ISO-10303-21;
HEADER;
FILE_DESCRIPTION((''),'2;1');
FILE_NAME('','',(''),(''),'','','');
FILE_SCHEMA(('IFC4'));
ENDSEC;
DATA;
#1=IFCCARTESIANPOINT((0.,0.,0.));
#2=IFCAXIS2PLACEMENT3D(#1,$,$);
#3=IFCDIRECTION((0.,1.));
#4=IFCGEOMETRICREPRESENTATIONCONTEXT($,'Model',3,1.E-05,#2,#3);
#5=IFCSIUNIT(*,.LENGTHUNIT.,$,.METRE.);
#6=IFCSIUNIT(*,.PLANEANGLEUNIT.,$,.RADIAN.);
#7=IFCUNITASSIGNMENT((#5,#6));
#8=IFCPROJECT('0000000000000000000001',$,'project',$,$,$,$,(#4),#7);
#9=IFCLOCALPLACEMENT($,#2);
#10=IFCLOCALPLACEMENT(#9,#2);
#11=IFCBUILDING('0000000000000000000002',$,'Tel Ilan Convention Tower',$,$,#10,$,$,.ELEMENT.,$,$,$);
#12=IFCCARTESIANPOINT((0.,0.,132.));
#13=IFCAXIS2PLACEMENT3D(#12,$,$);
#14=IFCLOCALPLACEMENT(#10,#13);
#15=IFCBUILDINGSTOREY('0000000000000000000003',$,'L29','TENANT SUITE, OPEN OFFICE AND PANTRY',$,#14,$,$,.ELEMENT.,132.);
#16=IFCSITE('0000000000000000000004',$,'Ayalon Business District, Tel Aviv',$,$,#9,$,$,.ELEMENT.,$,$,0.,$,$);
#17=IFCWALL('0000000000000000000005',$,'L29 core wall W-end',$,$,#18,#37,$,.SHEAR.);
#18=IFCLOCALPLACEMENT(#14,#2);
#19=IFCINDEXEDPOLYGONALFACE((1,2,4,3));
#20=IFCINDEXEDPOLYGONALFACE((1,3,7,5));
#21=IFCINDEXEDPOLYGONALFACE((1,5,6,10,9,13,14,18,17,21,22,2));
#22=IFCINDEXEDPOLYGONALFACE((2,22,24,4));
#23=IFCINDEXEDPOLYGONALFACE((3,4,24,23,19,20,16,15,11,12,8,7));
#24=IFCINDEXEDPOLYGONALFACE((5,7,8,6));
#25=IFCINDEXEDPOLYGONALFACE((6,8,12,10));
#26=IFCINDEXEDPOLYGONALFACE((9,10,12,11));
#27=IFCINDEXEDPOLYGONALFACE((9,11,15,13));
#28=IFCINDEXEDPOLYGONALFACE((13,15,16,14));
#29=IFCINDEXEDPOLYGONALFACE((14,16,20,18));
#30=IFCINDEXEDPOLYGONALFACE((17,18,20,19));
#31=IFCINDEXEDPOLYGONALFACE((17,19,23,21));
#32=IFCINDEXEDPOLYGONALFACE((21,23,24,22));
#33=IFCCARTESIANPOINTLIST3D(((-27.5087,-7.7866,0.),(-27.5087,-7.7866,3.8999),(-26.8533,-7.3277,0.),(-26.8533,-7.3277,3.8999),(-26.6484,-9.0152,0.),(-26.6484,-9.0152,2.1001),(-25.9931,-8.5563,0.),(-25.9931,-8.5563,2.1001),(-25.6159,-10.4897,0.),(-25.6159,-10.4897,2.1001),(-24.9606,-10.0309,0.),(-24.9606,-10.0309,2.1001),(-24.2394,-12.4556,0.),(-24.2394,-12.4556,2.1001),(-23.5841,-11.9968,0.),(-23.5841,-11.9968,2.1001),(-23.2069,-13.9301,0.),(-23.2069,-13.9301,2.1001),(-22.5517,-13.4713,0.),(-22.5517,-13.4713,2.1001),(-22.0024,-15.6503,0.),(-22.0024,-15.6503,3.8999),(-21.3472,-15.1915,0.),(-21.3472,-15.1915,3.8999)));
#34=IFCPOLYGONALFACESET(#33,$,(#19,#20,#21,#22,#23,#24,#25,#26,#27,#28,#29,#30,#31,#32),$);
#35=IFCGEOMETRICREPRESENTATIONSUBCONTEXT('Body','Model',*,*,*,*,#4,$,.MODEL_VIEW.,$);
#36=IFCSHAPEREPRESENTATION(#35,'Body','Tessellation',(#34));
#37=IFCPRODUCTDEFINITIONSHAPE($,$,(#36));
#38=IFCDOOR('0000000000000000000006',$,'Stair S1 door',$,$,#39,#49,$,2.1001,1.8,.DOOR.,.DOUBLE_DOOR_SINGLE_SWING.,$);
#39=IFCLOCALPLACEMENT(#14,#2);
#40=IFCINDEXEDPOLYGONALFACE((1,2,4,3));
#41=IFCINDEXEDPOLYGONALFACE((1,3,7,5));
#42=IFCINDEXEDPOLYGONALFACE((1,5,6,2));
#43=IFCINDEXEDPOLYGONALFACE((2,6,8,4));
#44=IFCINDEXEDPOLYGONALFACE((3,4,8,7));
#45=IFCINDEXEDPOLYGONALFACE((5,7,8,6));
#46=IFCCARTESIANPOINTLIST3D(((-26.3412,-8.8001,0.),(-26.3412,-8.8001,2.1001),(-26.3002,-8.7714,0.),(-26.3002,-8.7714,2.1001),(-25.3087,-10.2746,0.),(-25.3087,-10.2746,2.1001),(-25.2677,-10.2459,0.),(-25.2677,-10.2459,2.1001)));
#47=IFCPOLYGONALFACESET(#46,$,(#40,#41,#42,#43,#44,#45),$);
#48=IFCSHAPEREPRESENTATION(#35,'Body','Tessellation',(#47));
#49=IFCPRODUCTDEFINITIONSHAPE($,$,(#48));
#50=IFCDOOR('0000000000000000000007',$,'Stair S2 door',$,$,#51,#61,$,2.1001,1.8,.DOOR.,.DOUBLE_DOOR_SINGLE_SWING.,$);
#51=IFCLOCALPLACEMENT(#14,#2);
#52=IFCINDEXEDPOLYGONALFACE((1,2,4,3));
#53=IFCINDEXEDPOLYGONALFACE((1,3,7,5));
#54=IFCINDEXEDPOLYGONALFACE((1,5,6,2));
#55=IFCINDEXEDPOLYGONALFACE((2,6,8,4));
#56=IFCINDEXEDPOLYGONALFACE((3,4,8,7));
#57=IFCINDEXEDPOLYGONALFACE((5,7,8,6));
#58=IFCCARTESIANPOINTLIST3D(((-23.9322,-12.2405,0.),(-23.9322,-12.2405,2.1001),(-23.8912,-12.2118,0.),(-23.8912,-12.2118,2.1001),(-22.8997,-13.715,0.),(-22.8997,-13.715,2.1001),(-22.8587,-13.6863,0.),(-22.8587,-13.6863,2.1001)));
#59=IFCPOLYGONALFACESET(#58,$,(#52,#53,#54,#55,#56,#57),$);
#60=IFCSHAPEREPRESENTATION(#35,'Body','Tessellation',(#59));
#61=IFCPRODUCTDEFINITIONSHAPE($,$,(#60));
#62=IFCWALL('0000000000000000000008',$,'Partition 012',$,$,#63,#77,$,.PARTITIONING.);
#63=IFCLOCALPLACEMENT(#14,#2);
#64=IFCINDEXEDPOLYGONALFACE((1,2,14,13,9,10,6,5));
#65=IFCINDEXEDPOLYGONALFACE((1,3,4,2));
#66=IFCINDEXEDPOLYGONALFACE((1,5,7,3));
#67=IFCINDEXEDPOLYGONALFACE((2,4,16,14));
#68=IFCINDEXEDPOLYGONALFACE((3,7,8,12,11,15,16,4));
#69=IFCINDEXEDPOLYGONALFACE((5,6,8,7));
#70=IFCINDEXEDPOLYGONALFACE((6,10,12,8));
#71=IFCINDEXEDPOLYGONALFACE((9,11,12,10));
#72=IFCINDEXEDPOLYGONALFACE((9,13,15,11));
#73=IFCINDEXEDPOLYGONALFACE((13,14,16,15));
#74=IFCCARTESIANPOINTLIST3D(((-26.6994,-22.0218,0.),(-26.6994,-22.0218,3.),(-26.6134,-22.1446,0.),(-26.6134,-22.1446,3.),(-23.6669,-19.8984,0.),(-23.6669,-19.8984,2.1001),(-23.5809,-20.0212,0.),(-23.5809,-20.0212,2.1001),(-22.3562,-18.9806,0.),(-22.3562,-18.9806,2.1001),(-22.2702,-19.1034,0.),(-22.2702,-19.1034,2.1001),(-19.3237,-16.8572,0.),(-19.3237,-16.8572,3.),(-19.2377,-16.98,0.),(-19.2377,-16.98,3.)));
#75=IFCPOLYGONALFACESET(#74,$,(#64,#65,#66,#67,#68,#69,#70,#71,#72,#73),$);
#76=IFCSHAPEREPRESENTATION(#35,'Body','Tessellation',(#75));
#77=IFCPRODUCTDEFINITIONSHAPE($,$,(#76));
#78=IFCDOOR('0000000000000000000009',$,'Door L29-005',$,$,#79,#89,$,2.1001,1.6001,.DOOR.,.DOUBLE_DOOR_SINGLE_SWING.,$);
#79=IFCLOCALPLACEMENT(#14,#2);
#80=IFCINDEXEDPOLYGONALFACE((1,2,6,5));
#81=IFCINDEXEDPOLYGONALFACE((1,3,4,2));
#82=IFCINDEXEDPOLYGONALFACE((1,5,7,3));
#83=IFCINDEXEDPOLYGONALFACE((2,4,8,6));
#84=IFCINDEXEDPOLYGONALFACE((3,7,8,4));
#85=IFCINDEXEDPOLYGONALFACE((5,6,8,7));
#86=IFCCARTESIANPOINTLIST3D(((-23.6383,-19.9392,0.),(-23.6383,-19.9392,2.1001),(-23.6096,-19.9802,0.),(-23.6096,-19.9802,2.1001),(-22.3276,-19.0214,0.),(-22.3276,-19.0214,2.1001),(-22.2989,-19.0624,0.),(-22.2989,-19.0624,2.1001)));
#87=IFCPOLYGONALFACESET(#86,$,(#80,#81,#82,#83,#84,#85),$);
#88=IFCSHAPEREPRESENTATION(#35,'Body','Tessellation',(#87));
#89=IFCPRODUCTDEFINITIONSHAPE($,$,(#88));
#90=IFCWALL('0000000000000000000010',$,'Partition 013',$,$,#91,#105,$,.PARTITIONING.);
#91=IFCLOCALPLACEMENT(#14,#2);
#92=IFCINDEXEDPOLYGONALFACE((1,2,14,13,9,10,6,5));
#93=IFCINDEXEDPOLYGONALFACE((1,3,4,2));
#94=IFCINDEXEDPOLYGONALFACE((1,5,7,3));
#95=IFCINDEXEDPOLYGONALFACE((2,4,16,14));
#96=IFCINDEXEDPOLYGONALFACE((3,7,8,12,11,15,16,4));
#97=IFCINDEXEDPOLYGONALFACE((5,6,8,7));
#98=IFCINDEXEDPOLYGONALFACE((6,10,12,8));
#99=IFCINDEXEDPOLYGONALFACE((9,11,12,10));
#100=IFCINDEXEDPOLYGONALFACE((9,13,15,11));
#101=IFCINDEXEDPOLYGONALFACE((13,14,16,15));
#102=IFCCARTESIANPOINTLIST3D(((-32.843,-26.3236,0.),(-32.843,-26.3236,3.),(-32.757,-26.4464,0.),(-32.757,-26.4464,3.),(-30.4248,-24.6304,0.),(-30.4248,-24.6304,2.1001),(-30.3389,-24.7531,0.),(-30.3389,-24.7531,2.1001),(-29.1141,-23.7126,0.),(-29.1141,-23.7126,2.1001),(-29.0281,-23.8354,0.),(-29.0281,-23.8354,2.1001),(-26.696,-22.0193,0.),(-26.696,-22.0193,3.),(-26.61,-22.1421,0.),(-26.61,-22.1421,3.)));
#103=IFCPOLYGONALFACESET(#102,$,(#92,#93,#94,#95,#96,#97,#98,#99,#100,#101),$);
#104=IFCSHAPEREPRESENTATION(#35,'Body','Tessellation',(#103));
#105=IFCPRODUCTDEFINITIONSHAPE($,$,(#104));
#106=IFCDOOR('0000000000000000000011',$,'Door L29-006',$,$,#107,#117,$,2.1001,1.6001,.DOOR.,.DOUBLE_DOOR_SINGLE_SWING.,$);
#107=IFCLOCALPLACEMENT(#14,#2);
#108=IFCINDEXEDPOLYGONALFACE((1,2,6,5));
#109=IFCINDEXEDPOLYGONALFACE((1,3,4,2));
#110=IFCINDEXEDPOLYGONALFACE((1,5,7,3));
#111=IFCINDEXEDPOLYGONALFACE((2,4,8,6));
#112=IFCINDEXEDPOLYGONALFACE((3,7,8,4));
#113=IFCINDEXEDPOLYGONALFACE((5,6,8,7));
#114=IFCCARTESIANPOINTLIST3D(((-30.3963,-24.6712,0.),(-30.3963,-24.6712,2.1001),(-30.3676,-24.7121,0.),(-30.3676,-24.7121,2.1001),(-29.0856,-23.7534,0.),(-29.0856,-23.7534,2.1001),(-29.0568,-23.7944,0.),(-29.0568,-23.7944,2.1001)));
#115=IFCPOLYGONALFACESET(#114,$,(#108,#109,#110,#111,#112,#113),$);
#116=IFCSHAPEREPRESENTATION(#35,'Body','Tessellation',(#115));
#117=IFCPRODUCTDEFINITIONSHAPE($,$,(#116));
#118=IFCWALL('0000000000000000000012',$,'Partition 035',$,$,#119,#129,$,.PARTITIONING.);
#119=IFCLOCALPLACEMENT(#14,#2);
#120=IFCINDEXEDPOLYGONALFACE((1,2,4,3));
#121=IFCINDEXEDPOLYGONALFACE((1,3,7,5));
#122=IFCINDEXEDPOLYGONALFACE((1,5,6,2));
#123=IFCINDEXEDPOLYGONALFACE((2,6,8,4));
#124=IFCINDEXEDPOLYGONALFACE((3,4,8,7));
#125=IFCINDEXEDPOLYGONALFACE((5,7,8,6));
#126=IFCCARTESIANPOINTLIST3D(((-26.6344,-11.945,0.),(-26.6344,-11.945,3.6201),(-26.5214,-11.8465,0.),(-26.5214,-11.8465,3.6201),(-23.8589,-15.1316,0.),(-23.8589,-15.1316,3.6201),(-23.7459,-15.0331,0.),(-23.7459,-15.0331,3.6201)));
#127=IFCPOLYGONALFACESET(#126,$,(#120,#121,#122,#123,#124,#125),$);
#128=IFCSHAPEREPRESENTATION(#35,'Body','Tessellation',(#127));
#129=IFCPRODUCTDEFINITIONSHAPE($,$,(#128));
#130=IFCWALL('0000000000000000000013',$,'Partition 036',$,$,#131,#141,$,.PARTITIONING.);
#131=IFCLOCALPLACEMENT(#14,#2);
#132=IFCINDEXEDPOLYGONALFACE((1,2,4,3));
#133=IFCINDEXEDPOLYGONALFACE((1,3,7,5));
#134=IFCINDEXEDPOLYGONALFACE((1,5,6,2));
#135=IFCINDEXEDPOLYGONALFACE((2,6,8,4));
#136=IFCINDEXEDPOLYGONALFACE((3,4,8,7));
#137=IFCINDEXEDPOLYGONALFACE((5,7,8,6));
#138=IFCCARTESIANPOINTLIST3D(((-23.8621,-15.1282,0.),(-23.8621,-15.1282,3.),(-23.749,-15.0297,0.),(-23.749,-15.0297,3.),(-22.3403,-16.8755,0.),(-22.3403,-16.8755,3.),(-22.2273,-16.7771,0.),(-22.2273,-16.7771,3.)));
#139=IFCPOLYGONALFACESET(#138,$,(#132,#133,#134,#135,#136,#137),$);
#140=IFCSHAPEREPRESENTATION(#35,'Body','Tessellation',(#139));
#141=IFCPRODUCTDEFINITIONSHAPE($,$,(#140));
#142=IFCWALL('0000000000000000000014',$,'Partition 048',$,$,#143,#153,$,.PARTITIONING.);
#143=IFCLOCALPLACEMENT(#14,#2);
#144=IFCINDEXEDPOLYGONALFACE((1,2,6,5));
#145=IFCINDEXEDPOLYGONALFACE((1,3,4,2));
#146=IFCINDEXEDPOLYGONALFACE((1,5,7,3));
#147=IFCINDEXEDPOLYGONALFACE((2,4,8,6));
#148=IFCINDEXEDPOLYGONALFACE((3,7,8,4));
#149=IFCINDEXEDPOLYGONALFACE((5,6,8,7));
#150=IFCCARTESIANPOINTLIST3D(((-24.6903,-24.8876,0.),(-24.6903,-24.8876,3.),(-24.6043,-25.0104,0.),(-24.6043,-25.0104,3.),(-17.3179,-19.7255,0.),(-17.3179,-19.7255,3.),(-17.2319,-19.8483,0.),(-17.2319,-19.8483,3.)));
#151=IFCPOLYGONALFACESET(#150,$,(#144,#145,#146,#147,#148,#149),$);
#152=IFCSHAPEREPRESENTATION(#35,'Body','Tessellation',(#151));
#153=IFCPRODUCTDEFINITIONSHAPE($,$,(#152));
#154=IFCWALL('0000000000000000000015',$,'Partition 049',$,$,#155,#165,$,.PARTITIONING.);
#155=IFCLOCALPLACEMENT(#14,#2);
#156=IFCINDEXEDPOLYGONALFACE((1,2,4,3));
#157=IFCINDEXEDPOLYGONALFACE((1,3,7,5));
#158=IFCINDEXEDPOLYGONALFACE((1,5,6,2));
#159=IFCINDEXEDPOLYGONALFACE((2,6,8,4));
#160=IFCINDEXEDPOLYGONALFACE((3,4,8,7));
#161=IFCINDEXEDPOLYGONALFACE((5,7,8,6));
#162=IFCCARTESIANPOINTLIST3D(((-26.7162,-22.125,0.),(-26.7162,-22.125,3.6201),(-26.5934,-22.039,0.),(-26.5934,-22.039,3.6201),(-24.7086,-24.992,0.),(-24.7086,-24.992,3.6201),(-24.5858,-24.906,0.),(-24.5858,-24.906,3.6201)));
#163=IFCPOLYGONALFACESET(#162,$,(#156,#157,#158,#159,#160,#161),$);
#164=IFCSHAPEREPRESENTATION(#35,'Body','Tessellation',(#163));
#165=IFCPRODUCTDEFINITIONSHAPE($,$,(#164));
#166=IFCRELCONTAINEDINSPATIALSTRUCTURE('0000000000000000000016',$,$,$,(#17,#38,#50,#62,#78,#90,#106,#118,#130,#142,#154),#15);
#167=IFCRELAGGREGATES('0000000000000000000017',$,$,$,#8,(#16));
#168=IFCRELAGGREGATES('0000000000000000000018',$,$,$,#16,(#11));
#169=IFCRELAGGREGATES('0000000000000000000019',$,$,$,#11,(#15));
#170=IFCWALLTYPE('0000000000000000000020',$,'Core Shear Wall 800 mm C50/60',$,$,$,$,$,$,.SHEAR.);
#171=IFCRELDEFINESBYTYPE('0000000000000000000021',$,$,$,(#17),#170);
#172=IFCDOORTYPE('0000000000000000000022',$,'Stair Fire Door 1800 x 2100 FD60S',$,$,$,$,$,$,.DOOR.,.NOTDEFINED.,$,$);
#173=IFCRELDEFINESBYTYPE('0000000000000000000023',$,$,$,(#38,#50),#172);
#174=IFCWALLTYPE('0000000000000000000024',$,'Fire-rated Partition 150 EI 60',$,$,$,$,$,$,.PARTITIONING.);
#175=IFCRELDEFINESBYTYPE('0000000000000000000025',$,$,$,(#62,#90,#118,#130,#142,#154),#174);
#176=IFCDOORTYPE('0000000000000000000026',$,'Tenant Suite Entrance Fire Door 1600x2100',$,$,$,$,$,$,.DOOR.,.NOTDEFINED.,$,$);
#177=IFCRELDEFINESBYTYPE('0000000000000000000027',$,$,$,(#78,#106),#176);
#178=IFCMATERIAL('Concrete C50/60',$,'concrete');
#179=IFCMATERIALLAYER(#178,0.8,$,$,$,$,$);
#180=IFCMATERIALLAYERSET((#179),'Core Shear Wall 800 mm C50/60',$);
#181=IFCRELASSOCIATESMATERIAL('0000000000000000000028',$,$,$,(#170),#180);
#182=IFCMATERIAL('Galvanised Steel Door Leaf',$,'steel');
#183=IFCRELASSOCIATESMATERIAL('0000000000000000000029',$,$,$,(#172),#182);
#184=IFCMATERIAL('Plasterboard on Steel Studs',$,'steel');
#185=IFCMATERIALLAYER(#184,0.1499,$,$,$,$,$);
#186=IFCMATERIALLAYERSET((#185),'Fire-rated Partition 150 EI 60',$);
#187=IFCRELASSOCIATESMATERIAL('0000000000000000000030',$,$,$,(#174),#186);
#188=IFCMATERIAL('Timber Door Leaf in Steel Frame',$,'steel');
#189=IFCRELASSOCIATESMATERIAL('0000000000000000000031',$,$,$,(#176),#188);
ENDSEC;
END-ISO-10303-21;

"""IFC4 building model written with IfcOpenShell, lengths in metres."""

from ifc_helpers import new_model, si_unit, direction, frame, frame_2d, origin, place, context, subcontext, project, spatial, polyline, rectangle, outline, extrude, material, layer, layer_set, type_object, element, fill, save


model = new_model("IFC4")

# Units and contexts
model_context = context("Model", 3, precision=1e-05, world=origin(), true_north=direction((0.0, 1.0)))
body_context = subcontext(model_context, "Body", "Model", "MODEL_VIEW")
ifc_project = project(units=[si_unit("LENGTHUNIT", "METRE"), si_unit("PLANEANGLEUNIT", "RADIAN")], contexts=[model_context])

# Site, building, storey
site_placement = place(None, origin())
site = spatial("IfcSite", under=ifc_project, at=site_placement, Name="Ayalon Business District, Tel Aviv", CompositionType="ELEMENT", RefElevation=0.0)
building_placement = place(site_placement, origin())
building = spatial("IfcBuilding", under=site, at=building_placement, Name="Tel Ilan Convention Tower", CompositionType="ELEMENT")
storey_placement = place(building_placement, frame((0.0, 0.0, 132.0)))
storey = spatial("IfcBuildingStorey", under=building, at=storey_placement, Name="L29", Description="TENANT SUITE, OPEN OFFICE AND PANTRY", CompositionType="ELEMENT", Elevation=132.0)

# Wall, openings, doors
ifc_material_1 = material(Name="Concrete C50/60", Category="concrete")
ifc_layer_1 = layer(ifc_material_1, 0.8)
ifc_layer_set_1 = layer_set([ifc_layer_1], Name="Core Shear Wall 800 mm C50/60")
wall_type_1 = type_object("IfcWallType", Name="Core Shear Wall 800 mm C50/60", PredefinedType="SHEAR", material=ifc_layer_set_1)
wall_1_placement = place(storey_placement, frame((-21.6748, -15.4209, 0.0), z_axis=(0.0, 0.0, 1.0), x_axis=(-0.573582, 0.819148, 0.0)))
wall_1 = element("IfcWall", 1, at=wall_1_placement, inside=storey, type_object=wall_type_1, Name="L29 core wall W-end", PredefinedType="SHEAR", context=body_context, shape_type="SweptSolid", body=[
    extrude(outline(polyline([(0.0, 0.3999), (0.0, -0.3999), (9.5999, -0.4001), (9.5999, 0.3999), (0.0, 0.3999)])), origin(), (0.0, 0.0, 1.0), 3.8999),
])
opening_1_placement = place(wall_1_placement, frame((6.3, 0.0, 0.0)))
opening_1 = element("IfcOpeningElement", 2, at=opening_1_placement, cuts=wall_1, PredefinedType="OPENING", context=body_context, shape_type="SweptSolid", body=[
    extrude(rectangle(XDim=1.8, YDim=2.1001, at=frame_2d((0.8999, 1.05))), frame((0.0, 0.4099, 0.0), z_axis=(0.0, -1.0, 0.0), x_axis=(1.0, 0.0, 0.0)), (0.0, 0.0, 1.0), 0.8201),
])
opening_2_placement = place(wall_1_placement, frame((2.1001, 0.0, 0.0)))
opening_2 = element("IfcOpeningElement", 3, at=opening_2_placement, cuts=wall_1, PredefinedType="OPENING", context=body_context, shape_type="SweptSolid", body=[
    extrude(rectangle(XDim=1.8, YDim=2.1001, at=frame_2d((0.8999, 1.05))), frame((0.0, 0.4099, 0.0), z_axis=(0.0, -1.0, 0.0), x_axis=(1.0, 0.0, 0.0)), (0.0, 0.0, 1.0), 0.8201),
])
ifc_material_2 = material(Name="Galvanised Steel Door Leaf", Category="steel")
door_type_1 = type_object("IfcDoorType", Name="Stair Fire Door 1800 x 2100 FD60S", OperationType="NOTDEFINED", PredefinedType="DOOR", material=ifc_material_2)
door_1_placement = place(opening_1_placement, origin())
door_1 = element("IfcDoor", 4, at=door_1_placement, inside=storey, type_object=door_type_1, Name="Stair S1 door", OperationType="DOUBLE_DOOR_SINGLE_SWING", OverallHeight=2.1001, OverallWidth=1.8, PredefinedType="DOOR", context=body_context, shape_type="SweptSolid", body=[
    extrude(rectangle(XDim=1.8, YDim=2.1001, at=frame_2d((0.8999, 1.05))), frame((0.0, 0.0249, 0.0), z_axis=(0.0, -1.0, 0.0), x_axis=(1.0, 0.0, 0.0)), (0.0, 0.0, 1.0), 0.05),
])
fill(opening_1, door_1)
door_2_placement = place(opening_2_placement, origin())
door_2 = element("IfcDoor", 5, at=door_2_placement, inside=storey, type_object=door_type_1, Name="Stair S2 door", OperationType="DOUBLE_DOOR_SINGLE_SWING", OverallHeight=2.1001, OverallWidth=1.8, PredefinedType="DOOR", context=body_context, shape_type="SweptSolid", body=[
    extrude(rectangle(XDim=1.8, YDim=2.1001, at=frame_2d((0.8999, 1.05))), frame((0.0, 0.0249, 0.0), z_axis=(0.0, -1.0, 0.0), x_axis=(1.0, 0.0, 0.0)), (0.0, 0.0, 1.0), 0.05),
])
fill(opening_2, door_2)

# Walls, openings, doors
ifc_material_3 = material(Name="Plasterboard on Steel Studs", Category="steel")
ifc_layer_2 = layer(ifc_material_3, 0.1499)
ifc_layer_set_2 = layer_set([ifc_layer_2], Name="Fire-rated Partition 150 EI 60")
wall_type_2 = type_object("IfcWallType", Name="Fire-rated Partition 150 EI 60", PredefinedType="PARTITIONING", material=ifc_layer_set_2)
wall_2_placement = place(storey_placement, frame((-19.2808, -16.9187, 0.0), z_axis=(0.0, 0.0, 1.0), x_axis=(-0.819152, -0.573577, 0.0)))
wall_2 = element("IfcWall", 6, at=wall_2_placement, inside=storey, type_object=wall_type_2, Name="Partition 012", PredefinedType="PARTITIONING", context=body_context, shape_type="SweptSolid", body=[
    extrude(rectangle(XDim=9.0042, YDim=0.1499, at=frame_2d((4.502, 0.0))), origin(), (0.0, 0.0, 1.0), 3.0),
])
opening_3_placement = place(wall_2_placement, frame((3.7019, 0.0, 0.0)))
opening_3 = element("IfcOpeningElement", 7, at=opening_3_placement, cuts=wall_2, PredefinedType="OPENING", context=body_context, shape_type="SweptSolid", body=[
    extrude(rectangle(XDim=1.6001, YDim=2.1001, at=frame_2d((0.8, 1.05))), frame((0.0, 0.085, 0.0), z_axis=(0.0, -1.0, 0.0), x_axis=(1.0, 0.0, 0.0)), (0.0, 0.0, 1.0), 0.1699),
])
ifc_material_4 = material(Name="Timber Door Leaf in Steel Frame", Category="steel")
door_type_2 = type_object("IfcDoorType", Name="Tenant Suite Entrance Fire Door 1600x2100", OperationType="NOTDEFINED", PredefinedType="DOOR", material=ifc_material_4)
door_3_placement = place(opening_3_placement, origin())
door_3 = element("IfcDoor", 8, at=door_3_placement, inside=storey, type_object=door_type_2, Name="Door L29-005", OperationType="DOUBLE_DOOR_SINGLE_SWING", OverallHeight=2.1001, OverallWidth=1.6001, PredefinedType="DOOR", context=body_context, shape_type="SweptSolid", body=[
    extrude(rectangle(XDim=1.6001, YDim=2.1001, at=frame_2d((0.8, 1.05))), frame((0.0, 0.0249, 0.0), z_axis=(0.0, -1.0, 0.0), x_axis=(1.0, 0.0, 0.0)), (0.0, 0.0, 1.0), 0.05),
])
fill(opening_3, door_3)
wall_3_placement = place(storey_placement, frame((-26.6531, -22.0808, 0.0), z_axis=(0.0, 0.0, 1.0), x_axis=(-0.819149, -0.57358, 0.0)))
wall_3 = element("IfcWall", 9, at=wall_3_placement, inside=storey, type_object=wall_type_2, Name="Partition 013", PredefinedType="PARTITIONING", context=body_context, shape_type="SweptSolid", body=[
    extrude(rectangle(XDim=7.5042, YDim=0.1499, at=frame_2d((3.752, 0.0))), origin(), (0.0, 0.0, 1.0), 3.0),
])
opening_4_placement = place(wall_3_placement, frame((2.9519, 0.0, 0.0)))
opening_4 = element("IfcOpeningElement", 10, at=opening_4_placement, cuts=wall_3, PredefinedType="OPENING", context=body_context, shape_type="SweptSolid", body=[
    extrude(rectangle(XDim=1.6001, YDim=2.1001, at=frame_2d((0.8, 1.05))), frame((0.0, 0.085, 0.0), z_axis=(0.0, -1.0, 0.0), x_axis=(1.0, 0.0, 0.0)), (0.0, 0.0, 1.0), 0.1699),
])
door_4_placement = place(opening_4_placement, origin())
door_4 = element("IfcDoor", 11, at=door_4_placement, inside=storey, type_object=door_type_2, Name="Door L29-006", OperationType="DOUBLE_DOOR_SINGLE_SWING", OverallHeight=2.1001, OverallWidth=1.6001, PredefinedType="DOOR", context=body_context, shape_type="SweptSolid", body=[
    extrude(rectangle(XDim=1.6001, YDim=2.1001, at=frame_2d((0.8, 1.05))), frame((0.0, 0.0249, 0.0), z_axis=(0.0, -1.0, 0.0), x_axis=(1.0, 0.0, 0.0)), (0.0, 0.0, 1.0), 0.05),
])
fill(opening_4, door_4)

# Walls
wall_4_placement = place(storey_placement, frame((-23.8025, -15.0823, 0.0), z_axis=(0.0, 0.0, 1.0), x_axis=(-0.656785, 0.754078, 0.0)))
element("IfcWall", 12, at=wall_4_placement, inside=storey, type_object=wall_type_2, Name="Partition 035", PredefinedType="PARTITIONING", context=body_context, shape_type="SweptSolid", body=[
    extrude(rectangle(XDim=4.2258, YDim=0.1499, at=frame_2d((2.1128, 0.0))), origin(), (0.0, 0.0, 1.0), 3.6201),
])
wall_5_placement = place(storey_placement, frame((-22.2837, -16.8264, 0.0), z_axis=(0.0, 0.0, 1.0), x_axis=(-0.65675, 0.754109, 0.0)))
element("IfcWall", 13, at=wall_5_placement, inside=storey, type_object=wall_type_2, Name="Partition 036", PredefinedType="PARTITIONING", context=body_context, shape_type="SweptSolid", body=[
    extrude(rectangle(XDim=2.3171, YDim=0.1499, at=frame_2d((1.1587, 0.0))), origin(), (0.0, 0.0, 1.0), 3.0),
])
wall_6_placement = place(storey_placement, frame((-17.2749, -19.7869, 0.0), z_axis=(0.0, 0.0, 1.0), x_axis=(-0.819154, -0.573573, 0.0)))
element("IfcWall", 14, at=wall_6_placement, inside=storey, type_object=wall_type_2, Name="Partition 048", PredefinedType="PARTITIONING", context=body_context, shape_type="SweptSolid", body=[
    extrude(rectangle(XDim=9.0, YDim=0.1499, at=frame_2d((4.5, 0.0))), origin(), (0.0, 0.0, 1.0), 3.0),
])
wall_7_placement = place(storey_placement, frame((-24.6472, -24.949, 0.0), z_axis=(0.0, 0.0, 1.0), x_axis=(-0.573598, 0.819137, 0.0)))
element("IfcWall", 15, at=wall_7_placement, inside=storey, type_object=wall_type_2, Name="Partition 049", PredefinedType="PARTITIONING", context=body_context, shape_type="SweptSolid", body=[
    extrude(rectangle(XDim=3.5, YDim=0.1499, at=frame_2d((1.75, 0.0))), origin(), (0.0, 0.0, 1.0), 3.6201),
])

save(model, "model.ifc")
